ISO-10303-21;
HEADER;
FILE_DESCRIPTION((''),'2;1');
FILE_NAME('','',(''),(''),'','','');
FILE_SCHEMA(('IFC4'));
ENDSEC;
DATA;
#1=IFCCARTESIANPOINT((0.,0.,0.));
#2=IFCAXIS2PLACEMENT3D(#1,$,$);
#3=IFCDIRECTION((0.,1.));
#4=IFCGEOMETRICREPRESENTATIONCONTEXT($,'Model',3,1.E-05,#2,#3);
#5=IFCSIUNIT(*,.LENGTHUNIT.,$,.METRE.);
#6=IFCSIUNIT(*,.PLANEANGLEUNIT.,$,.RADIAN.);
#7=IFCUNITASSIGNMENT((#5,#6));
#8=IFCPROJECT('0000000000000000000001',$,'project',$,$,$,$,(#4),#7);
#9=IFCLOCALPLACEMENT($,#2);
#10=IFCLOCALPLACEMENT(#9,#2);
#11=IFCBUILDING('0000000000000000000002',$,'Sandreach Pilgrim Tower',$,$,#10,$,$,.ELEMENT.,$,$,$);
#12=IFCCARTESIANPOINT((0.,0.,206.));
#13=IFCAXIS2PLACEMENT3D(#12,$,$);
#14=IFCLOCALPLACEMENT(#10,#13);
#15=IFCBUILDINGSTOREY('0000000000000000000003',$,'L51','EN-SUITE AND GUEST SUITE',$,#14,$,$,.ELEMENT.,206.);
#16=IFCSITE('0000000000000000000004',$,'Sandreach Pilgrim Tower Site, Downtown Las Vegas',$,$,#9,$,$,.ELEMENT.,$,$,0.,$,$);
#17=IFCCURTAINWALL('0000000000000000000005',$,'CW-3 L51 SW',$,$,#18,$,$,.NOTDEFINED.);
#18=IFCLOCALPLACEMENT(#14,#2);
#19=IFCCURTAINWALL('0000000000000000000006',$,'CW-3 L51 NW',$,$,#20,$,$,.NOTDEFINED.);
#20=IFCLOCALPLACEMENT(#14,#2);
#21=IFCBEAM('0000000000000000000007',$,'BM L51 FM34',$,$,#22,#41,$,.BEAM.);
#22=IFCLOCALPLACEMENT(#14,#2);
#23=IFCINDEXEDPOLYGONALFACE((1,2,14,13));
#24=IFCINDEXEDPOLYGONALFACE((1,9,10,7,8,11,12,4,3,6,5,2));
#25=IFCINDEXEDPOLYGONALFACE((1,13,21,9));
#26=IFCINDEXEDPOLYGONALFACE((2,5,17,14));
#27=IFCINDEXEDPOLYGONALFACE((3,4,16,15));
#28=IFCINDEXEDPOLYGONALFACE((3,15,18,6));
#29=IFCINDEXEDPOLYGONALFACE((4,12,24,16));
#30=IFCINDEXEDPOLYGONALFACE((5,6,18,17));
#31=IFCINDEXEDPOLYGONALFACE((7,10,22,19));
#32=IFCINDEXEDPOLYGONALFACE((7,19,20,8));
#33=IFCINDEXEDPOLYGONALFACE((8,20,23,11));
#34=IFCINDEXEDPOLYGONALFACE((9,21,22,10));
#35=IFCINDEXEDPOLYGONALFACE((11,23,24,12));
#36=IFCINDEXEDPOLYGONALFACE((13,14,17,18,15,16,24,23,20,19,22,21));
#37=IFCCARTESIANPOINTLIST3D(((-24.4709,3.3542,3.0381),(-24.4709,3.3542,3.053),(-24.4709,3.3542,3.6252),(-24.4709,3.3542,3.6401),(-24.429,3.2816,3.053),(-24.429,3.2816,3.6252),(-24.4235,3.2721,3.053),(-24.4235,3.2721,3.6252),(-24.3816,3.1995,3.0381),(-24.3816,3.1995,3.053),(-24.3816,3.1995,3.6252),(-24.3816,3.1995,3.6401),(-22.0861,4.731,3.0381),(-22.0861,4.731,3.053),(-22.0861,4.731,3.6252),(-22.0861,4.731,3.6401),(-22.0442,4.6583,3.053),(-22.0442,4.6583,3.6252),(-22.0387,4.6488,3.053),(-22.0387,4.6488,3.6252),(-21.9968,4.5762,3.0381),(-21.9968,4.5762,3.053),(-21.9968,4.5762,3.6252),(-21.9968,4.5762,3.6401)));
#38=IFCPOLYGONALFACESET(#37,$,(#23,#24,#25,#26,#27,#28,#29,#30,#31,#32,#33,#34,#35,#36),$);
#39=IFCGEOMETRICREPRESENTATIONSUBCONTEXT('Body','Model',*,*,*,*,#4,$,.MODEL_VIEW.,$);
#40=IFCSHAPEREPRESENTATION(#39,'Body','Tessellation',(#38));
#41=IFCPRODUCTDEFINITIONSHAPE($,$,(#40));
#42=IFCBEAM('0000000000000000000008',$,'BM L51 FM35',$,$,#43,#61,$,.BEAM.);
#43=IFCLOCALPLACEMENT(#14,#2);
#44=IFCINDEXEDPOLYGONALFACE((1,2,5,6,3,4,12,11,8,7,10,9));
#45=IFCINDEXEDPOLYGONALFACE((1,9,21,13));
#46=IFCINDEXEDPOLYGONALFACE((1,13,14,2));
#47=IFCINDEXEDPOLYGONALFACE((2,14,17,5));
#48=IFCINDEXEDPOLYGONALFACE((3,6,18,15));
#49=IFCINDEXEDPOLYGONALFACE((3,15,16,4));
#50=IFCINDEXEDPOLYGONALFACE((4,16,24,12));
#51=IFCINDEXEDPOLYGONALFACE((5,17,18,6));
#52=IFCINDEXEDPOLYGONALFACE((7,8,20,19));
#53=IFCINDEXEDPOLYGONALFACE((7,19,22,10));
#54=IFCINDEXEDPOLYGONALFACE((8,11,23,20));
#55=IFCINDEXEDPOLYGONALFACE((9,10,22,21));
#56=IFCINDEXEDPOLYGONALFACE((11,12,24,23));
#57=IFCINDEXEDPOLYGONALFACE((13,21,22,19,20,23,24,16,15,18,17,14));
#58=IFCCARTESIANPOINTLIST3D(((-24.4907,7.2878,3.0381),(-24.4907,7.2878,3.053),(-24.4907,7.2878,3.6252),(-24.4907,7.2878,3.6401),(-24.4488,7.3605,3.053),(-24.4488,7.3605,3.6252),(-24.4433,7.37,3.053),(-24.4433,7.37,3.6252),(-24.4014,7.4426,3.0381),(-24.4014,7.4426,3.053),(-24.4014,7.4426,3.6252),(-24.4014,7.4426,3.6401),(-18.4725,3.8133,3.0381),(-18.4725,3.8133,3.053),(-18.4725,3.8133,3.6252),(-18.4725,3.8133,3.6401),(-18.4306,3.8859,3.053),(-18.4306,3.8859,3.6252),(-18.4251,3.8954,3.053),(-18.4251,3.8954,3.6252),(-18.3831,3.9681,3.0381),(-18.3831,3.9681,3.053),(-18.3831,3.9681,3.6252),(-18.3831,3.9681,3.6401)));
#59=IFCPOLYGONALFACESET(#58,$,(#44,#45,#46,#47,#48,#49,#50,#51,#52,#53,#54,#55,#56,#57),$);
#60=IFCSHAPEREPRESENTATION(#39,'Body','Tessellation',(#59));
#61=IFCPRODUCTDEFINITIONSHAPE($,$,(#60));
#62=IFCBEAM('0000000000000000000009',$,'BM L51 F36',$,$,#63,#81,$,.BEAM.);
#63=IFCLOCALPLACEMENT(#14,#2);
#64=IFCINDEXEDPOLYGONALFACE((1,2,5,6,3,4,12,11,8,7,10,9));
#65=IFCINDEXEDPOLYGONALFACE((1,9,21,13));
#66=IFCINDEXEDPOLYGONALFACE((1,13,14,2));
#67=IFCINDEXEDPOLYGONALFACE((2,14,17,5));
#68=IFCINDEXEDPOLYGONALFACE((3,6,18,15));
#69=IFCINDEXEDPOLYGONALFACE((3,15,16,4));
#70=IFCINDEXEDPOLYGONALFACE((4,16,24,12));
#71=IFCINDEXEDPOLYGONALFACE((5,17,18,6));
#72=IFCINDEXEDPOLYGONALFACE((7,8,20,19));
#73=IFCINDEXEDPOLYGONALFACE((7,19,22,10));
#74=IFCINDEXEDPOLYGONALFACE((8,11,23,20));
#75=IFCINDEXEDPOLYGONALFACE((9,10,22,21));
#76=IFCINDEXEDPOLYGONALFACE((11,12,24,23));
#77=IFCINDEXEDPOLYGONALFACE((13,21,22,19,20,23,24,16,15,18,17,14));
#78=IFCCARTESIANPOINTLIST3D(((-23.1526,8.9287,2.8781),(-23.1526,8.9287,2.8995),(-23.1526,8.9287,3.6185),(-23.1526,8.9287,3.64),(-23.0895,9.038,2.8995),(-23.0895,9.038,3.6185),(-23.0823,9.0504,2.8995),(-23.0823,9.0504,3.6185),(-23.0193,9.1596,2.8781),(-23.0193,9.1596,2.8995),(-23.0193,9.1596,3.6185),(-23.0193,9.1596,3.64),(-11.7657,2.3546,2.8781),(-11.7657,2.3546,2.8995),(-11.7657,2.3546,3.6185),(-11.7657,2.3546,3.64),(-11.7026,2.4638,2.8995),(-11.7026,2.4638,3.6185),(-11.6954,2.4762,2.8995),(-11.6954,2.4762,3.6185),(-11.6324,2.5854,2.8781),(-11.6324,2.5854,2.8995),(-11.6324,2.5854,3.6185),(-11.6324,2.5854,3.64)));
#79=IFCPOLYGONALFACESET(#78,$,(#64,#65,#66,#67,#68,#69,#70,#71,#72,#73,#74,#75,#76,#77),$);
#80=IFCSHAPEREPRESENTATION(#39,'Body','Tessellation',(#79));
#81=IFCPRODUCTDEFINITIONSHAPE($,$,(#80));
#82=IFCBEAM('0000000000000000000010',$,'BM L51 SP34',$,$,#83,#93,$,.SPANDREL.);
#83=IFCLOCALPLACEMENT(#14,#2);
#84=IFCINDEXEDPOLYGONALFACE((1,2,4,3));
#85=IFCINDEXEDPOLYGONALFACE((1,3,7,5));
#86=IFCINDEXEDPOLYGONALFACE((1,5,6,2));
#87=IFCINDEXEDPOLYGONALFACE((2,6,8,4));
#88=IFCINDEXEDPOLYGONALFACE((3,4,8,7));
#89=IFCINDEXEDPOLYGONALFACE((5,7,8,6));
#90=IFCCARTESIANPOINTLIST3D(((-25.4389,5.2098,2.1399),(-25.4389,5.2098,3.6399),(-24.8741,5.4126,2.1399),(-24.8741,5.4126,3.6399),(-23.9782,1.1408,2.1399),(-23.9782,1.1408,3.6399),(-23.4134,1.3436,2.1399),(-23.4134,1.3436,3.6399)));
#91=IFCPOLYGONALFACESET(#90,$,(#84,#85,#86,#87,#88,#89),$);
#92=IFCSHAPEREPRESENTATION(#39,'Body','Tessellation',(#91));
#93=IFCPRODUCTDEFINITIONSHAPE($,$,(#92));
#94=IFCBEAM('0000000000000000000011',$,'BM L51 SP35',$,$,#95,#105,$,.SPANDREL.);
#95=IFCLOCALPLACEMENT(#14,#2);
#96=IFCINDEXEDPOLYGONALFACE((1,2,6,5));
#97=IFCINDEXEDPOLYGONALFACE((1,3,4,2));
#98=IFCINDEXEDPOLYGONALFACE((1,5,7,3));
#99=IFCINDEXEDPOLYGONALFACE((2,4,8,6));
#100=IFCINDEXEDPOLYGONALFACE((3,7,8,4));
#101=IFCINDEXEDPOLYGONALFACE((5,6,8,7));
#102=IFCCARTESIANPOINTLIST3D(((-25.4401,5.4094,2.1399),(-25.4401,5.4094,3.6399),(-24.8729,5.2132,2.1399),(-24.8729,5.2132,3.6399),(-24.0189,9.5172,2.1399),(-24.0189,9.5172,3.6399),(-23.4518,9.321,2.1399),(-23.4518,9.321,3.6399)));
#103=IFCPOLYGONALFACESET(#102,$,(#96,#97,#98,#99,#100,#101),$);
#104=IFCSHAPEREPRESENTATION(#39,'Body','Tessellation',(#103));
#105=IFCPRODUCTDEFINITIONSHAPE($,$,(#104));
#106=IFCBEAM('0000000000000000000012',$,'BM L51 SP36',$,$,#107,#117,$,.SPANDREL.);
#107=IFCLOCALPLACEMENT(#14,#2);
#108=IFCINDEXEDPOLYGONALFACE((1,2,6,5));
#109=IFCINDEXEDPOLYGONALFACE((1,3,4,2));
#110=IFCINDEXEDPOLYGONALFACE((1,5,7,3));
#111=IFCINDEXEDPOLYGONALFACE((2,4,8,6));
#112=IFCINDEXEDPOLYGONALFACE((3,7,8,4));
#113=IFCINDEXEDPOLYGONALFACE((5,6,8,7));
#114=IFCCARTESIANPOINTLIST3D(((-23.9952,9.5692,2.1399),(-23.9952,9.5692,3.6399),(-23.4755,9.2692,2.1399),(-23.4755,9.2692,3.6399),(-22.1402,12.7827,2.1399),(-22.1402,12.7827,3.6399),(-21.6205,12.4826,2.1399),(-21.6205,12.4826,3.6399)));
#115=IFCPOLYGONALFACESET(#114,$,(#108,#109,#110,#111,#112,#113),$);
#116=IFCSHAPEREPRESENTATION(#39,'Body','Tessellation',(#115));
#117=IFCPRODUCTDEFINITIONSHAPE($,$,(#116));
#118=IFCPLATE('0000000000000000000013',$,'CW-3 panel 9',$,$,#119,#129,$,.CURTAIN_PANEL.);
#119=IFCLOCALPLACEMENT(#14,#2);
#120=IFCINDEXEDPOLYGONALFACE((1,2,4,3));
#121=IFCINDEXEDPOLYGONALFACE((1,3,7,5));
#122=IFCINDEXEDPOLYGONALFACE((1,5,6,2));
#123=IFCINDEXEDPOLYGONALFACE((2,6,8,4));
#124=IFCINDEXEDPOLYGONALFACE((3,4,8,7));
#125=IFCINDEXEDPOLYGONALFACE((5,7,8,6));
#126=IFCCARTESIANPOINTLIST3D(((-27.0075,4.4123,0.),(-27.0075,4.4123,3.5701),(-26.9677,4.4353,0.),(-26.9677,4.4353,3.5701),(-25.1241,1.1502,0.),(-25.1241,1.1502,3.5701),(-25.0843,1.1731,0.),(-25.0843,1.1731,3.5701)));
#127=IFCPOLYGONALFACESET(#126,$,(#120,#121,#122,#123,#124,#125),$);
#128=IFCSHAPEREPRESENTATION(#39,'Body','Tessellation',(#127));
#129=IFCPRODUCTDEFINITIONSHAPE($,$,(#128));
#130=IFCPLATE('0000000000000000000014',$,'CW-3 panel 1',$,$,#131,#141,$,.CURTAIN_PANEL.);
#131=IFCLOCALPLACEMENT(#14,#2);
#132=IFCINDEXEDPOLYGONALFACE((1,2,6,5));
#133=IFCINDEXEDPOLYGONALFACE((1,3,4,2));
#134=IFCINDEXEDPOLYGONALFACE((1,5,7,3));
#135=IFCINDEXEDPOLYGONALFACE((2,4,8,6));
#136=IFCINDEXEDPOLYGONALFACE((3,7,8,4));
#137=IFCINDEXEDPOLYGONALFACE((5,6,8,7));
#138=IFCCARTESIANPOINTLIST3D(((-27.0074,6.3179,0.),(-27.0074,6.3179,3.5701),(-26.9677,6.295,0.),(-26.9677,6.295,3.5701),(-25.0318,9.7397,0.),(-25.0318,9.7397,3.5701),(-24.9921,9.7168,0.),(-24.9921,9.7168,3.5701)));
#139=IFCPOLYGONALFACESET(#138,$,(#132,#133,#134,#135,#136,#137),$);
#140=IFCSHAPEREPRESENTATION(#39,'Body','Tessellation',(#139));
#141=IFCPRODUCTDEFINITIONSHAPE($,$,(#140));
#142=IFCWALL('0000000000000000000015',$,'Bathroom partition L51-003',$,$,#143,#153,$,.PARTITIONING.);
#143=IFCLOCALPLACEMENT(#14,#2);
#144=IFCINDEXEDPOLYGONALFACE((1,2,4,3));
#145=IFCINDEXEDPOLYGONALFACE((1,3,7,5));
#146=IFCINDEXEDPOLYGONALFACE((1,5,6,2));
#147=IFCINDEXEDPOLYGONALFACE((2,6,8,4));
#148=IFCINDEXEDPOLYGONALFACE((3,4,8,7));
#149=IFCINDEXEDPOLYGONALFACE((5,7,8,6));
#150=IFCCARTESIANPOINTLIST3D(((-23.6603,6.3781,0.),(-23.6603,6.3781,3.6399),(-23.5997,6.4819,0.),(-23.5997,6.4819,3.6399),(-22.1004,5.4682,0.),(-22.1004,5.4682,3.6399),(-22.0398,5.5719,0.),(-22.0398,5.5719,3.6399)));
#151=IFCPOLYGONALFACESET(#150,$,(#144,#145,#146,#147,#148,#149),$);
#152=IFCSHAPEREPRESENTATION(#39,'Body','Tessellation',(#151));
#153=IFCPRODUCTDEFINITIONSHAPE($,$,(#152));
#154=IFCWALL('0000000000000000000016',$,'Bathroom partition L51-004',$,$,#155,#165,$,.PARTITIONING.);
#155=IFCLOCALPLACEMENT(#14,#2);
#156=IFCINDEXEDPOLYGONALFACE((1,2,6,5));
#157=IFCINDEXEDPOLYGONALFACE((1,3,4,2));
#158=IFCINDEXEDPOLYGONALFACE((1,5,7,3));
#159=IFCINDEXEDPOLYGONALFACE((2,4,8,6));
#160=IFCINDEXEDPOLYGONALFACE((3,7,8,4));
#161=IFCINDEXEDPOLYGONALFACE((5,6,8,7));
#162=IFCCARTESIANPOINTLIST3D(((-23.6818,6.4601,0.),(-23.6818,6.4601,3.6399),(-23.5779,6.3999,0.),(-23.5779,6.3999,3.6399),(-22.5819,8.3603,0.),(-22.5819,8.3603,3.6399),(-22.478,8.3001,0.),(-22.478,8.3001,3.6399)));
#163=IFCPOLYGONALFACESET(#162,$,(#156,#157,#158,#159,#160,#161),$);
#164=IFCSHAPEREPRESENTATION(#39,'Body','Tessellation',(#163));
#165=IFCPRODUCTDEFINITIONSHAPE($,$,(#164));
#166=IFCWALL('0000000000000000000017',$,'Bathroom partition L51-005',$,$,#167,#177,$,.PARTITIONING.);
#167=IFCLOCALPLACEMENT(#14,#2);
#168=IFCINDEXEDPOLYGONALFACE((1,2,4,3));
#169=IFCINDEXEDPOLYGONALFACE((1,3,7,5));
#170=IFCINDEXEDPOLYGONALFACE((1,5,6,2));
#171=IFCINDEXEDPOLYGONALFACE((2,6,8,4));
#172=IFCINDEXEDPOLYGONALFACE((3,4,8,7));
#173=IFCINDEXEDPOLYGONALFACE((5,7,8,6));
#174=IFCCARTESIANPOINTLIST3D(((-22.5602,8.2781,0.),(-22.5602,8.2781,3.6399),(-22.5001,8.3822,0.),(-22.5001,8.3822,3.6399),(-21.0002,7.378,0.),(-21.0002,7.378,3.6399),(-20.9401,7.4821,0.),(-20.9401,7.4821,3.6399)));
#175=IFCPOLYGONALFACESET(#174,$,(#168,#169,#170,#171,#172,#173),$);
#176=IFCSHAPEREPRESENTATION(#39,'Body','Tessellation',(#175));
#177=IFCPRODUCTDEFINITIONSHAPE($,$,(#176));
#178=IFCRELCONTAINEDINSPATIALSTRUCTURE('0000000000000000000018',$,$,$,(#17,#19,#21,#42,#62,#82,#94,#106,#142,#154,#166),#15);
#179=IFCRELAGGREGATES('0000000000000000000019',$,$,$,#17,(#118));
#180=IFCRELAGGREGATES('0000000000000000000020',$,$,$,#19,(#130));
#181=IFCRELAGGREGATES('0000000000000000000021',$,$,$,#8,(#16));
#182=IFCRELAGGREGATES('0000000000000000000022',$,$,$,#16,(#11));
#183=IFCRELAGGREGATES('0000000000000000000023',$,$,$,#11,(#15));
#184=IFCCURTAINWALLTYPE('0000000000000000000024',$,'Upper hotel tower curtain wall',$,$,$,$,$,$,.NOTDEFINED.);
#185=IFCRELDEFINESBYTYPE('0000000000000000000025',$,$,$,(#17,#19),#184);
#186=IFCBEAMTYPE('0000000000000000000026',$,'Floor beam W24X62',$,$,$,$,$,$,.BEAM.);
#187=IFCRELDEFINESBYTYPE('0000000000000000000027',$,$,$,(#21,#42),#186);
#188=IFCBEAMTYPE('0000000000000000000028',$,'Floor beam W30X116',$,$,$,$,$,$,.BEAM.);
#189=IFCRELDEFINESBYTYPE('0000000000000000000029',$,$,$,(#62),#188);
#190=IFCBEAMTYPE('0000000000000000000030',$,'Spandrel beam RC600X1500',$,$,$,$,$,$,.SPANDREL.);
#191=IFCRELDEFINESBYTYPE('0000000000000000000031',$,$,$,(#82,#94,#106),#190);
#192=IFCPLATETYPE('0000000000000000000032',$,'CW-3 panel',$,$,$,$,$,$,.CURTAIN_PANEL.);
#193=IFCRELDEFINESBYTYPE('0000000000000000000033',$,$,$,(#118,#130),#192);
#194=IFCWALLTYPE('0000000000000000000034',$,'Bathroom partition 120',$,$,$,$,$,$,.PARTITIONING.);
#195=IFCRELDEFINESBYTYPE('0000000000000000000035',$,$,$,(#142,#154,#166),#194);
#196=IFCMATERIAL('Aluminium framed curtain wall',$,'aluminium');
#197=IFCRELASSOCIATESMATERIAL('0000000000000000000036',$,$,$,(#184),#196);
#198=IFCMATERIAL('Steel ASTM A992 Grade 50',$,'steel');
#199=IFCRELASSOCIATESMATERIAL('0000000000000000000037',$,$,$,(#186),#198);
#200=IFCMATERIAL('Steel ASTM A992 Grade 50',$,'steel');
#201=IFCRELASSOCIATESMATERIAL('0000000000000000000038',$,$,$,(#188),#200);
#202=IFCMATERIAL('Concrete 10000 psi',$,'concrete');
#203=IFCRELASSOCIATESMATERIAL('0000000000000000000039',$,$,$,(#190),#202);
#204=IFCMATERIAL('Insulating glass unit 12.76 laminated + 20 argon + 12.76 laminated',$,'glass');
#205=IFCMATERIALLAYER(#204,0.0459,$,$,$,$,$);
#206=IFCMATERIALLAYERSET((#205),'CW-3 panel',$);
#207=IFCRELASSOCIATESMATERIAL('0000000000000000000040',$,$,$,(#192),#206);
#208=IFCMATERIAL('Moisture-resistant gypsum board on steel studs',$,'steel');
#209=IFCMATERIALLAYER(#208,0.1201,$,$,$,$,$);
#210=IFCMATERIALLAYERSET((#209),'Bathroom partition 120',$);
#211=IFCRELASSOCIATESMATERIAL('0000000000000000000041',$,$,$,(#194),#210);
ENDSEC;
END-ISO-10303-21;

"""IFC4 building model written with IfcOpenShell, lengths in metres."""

from ifc_helpers import new_model, si_unit, direction, frame, frame_2d, origin, origin_2d, place, context, subcontext, project, spatial, rectangle, i_section, extrude, material, layer, layer_set, material_profile, profile_set, type_object, element, aggregate, save


model = new_model("IFC4")

# Units and contexts
model_context = context("Model", 3, precision=1e-05, world=origin(), true_north=direction((0.0, 1.0)))
body_context = subcontext(model_context, "Body", "Model", "MODEL_VIEW")
ifc_project = project(units=[si_unit("LENGTHUNIT", "METRE"), si_unit("PLANEANGLEUNIT", "RADIAN")], contexts=[model_context])

# Site, building, storey
site_placement = place(None, origin())
site = spatial("IfcSite", under=ifc_project, at=site_placement, Name="Sandreach Pilgrim Tower Site, Downtown Las Vegas", CompositionType="ELEMENT", RefElevation=0.0)
building_placement = place(site_placement, origin())
building = spatial("IfcBuilding", under=site, at=building_placement, Name="Sandreach Pilgrim Tower", CompositionType="ELEMENT")
storey_placement = place(building_placement, frame((0.0, 0.0, 206.0)))
storey = spatial("IfcBuildingStorey", under=building, at=storey_placement, Name="L51", Description="EN-SUITE AND GUEST SUITE", CompositionType="ELEMENT", Elevation=206.0)

# Curtain walls
ifc_material_1 = material(Name="Aluminium framed curtain wall", Category="aluminium")
curtain_wall_type = type_object("IfcCurtainWallType", Name="Upper hotel tower curtain wall", PredefinedType="NOTDEFINED", material=ifc_material_1)
curtain_wall_1_placement = place(storey_placement, origin())
curtain_wall_1 = element("IfcCurtainWall", 1, at=curtain_wall_1_placement, inside=storey, type_object=curtain_wall_type, Name="CW-3 L51 SW", PredefinedType="NOTDEFINED")
curtain_wall_2_placement = place(storey_placement, origin())
curtain_wall_2 = element("IfcCurtainWall", 2, at=curtain_wall_2_placement, inside=storey, type_object=curtain_wall_type, Name="CW-3 L51 NW", PredefinedType="NOTDEFINED")

# Beams
ifc_material_2 = material(Name="Steel ASTM A992 Grade 50", Category="steel")
ifc_material_profile_1 = material_profile(ifc_material_2, i_section(OverallWidth=0.1787, OverallDepth=0.6021, WebThickness=0.011, FlangeThickness=0.0149, at=origin_2d()), Name="W24X62")
ifc_profile_set_1 = profile_set([ifc_material_profile_1], Name="Steel ASTM A992 Grade 50")
beam_type_1 = type_object("IfcBeamType", Name="Floor beam W24X62", PredefinedType="BEAM", material=ifc_profile_set_1)
beam_1_placement = place(storey_placement, frame((-24.4263, 3.2769, 3.3391), z_axis=(0.866047, 0.499963, 0.0), x_axis=(-0.499963, 0.866047, 0.0)))
element("IfcBeam", 3, at=beam_1_placement, inside=storey, type_object=beam_type_1, Name="BM L51 FM34", PredefinedType="BEAM", context=body_context, shape_type="SweptSolid", body=[
    extrude(i_section(OverallWidth=0.1787, OverallDepth=0.6021, WebThickness=0.011, FlangeThickness=0.0149, at=origin_2d()), origin(), (0.0, 0.0, 1.0), 2.7537),
])
beam_2_placement = place(storey_placement, frame((-24.446, 7.3652, 3.3391), z_axis=(0.866029, -0.499993, 0.0), x_axis=(0.499993, 0.866029, 0.0)))
element("IfcBeam", 4, at=beam_2_placement, inside=storey, type_object=beam_type_1, Name="BM L51 FM35", PredefinedType="BEAM", context=body_context, shape_type="SweptSolid", body=[
    extrude(i_section(OverallWidth=0.1787, OverallDepth=0.6021, WebThickness=0.011, FlangeThickness=0.0149, at=origin_2d()), origin(), (0.0, 0.0, 1.0), 6.9492),
])
ifc_material_3 = material(Name="Steel ASTM A992 Grade 50", Category="steel")
ifc_material_profile_2 = material_profile(ifc_material_3, i_section(OverallWidth=0.2666, OverallDepth=0.762, WebThickness=0.0144, FlangeThickness=0.0215, at=origin_2d()), Name="W30X116")
ifc_profile_set_2 = profile_set([ifc_material_profile_2], Name="Steel ASTM A992 Grade 50")
beam_type_2 = type_object("IfcBeamType", Name="Floor beam W30X116", PredefinedType="BEAM", material=ifc_profile_set_2)
beam_3_placement = place(storey_placement, frame((-23.0859, 9.0442, 3.259), z_axis=(0.866027, -0.499997, 0.0), x_axis=(0.499997, 0.866027, 0.0)))
element("IfcBeam", 5, at=beam_3_placement, inside=storey, type_object=beam_type_2, Name="BM L51 F36", PredefinedType="BEAM", context=body_context, shape_type="SweptSolid", body=[
    extrude(i_section(OverallWidth=0.2666, OverallDepth=0.762, WebThickness=0.0144, FlangeThickness=0.0215, at=origin_2d()), origin(), (0.0, 0.0, 1.0), 13.1484),
])
ifc_material_4 = material(Name="Concrete 10000 psi", Category="concrete")
ifc_material_profile_3 = material_profile(ifc_material_4, rectangle(XDim=0.6001, YDim=1.5, at=origin_2d()), Name="RC600X1500")
ifc_profile_set_3 = profile_set([ifc_material_profile_3], Name="Concrete 10000 psi")
beam_type_3 = type_object("IfcBeamType", Name="Spandrel beam RC600X1500", PredefinedType="SPANDREL", material=ifc_profile_set_3)
beam_4_placement = place(storey_placement, frame((-23.6958, 1.2422, 2.8899), z_axis=(-0.337863, 0.941195, 0.0), x_axis=(-0.941195, -0.337863, 0.0)))
element("IfcBeam", 6, at=beam_4_placement, inside=storey, type_object=beam_type_3, Name="BM L51 SP34", PredefinedType="SPANDREL", context=body_context, shape_type="SweptSolid", body=[
    extrude(rectangle(XDim=0.6001, YDim=1.5, at=origin_2d()), origin(), (0.0, 0.0, 1.0), 4.3232),
])
beam_5_placement = place(storey_placement, frame((-25.1565, 5.3113, 2.8899), z_axis=(0.326941, 0.945045, 0.0), x_axis=(-0.945045, 0.326941, 0.0)))
element("IfcBeam", 7, at=beam_5_placement, inside=storey, type_object=beam_type_3, Name="BM L51 SP35", PredefinedType="SPANDREL", context=body_context, shape_type="SweptSolid", body=[
    extrude(rectangle(XDim=0.6001, YDim=1.5, at=origin_2d()), origin(), (0.0, 0.0, 1.0), 4.3467),
])
beam_6_placement = place(storey_placement, frame((-23.7354, 9.4192, 2.8899), z_axis=(0.499946, 0.866056, 0.0), x_axis=(-0.866056, 0.499946, 0.0)))
element("IfcBeam", 8, at=beam_6_placement, inside=storey, type_object=beam_type_3, Name="BM L51 SP36", PredefinedType="SPANDREL", context=body_context, shape_type="SweptSolid", body=[
    extrude(rectangle(XDim=0.6001, YDim=1.5, at=origin_2d()), origin(), (0.0, 0.0, 1.0), 3.7104),
])

# Plates
ifc_material_5 = material(Name="Insulating glass unit 12.76 laminated + 20 argon + 12.76 laminated", Category="glass")
ifc_layer_1 = layer(ifc_material_5, 0.0459)
ifc_layer_set_1 = layer_set([ifc_layer_1], Name="CW-3 panel")
plate_type = type_object("IfcPlateType", Name="CW-3 panel", PredefinedType="CURTAIN_PANEL", material=ifc_layer_set_1)
plate_1_placement = place(storey_placement, frame((-26.0459, 2.7927, 0.0), z_axis=(0.0, 0.0, 1.0), x_axis=(-0.5, 0.866025, 0.0)))
plate_1 = element("IfcPlate", 9, at=plate_1_placement, type_object=plate_type, Name="CW-3 panel 9", PredefinedType="CURTAIN_PANEL", context=body_context, shape_type="SweptSolid", body=[
    extrude(rectangle(XDim=3.7668, YDim=0.0459, at=origin_2d()), origin(), (0.0, 0.0, 1.0), 3.5701),
])
aggregate(curtain_wall_1, [plate_1])
plate_2_placement = place(storey_placement, frame((-25.9998, 8.0173, 0.0), z_axis=(0.0, 0.0, 1.0), x_axis=(0.5, 0.866025, 0.0)))
plate_2 = element("IfcPlate", 10, at=plate_2_placement, type_object=plate_type, Name="CW-3 panel 1", PredefinedType="CURTAIN_PANEL", context=body_context, shape_type="SweptSolid", body=[
    extrude(rectangle(XDim=3.9512, YDim=0.0459, at=origin_2d()), origin(), (0.0, 0.0, 1.0), 3.5701),
])
aggregate(curtain_wall_2, [plate_2])

# Walls
ifc_material_6 = material(Name="Moisture-resistant gypsum board on steel studs", Category="steel")
ifc_layer_2 = layer(ifc_material_6, 0.1201)
ifc_layer_set_2 = layer_set([ifc_layer_2], Name="Bathroom partition 120")
wall_type_1 = type_object("IfcWallType", Name="Bathroom partition 120", PredefinedType="PARTITIONING", material=ifc_layer_set_2)
wall_1_placement = place(storey_placement, frame((-23.6299, 6.4299, 0.0), z_axis=(0.0, 0.0, 1.0), x_axis=(0.863774, -0.503879, 0.0)))
element("IfcWall", 11, at=wall_1_placement, inside=storey, type_object=wall_type_1, Name="Bathroom partition L51-003", PredefinedType="PARTITIONING", context=body_context, shape_type="SweptSolid", body=[
    extrude(rectangle(XDim=1.8059, YDim=0.1201, at=frame_2d((0.9028, 0.0))), origin(), (0.0, 0.0, 1.0), 3.6399),
])
wall_2_placement = place(storey_placement, frame((-22.53, 8.3301, 0.0), z_axis=(0.0, 0.0, 1.0), x_axis=(-0.500957, -0.865472, 0.0)))
element("IfcWall", 12, at=wall_2_placement, inside=storey, type_object=wall_type_1, Name="Bathroom partition L51-004", PredefinedType="PARTITIONING", context=body_context, shape_type="SweptSolid", body=[
    extrude(rectangle(XDim=2.1956, YDim=0.1201, at=frame_2d((1.0977, 0.0))), origin(), (0.0, 0.0, 1.0), 3.6399),
])
wall_3_placement = place(storey_placement, frame((-22.53, 8.3301, 0.0), z_axis=(0.0, 0.0, 1.0), x_axis=(0.866159, -0.499769, 0.0)))
element("IfcWall", 13, at=wall_3_placement, inside=storey, type_object=wall_type_1, Name="Bathroom partition L51-005", PredefinedType="PARTITIONING", context=body_context, shape_type="SweptSolid", body=[
    extrude(rectangle(XDim=1.801, YDim=0.1201, at=frame_2d((0.9004, 0.0))), origin(), (0.0, 0.0, 1.0), 3.6399),
])

save(model, "model.ifc")
